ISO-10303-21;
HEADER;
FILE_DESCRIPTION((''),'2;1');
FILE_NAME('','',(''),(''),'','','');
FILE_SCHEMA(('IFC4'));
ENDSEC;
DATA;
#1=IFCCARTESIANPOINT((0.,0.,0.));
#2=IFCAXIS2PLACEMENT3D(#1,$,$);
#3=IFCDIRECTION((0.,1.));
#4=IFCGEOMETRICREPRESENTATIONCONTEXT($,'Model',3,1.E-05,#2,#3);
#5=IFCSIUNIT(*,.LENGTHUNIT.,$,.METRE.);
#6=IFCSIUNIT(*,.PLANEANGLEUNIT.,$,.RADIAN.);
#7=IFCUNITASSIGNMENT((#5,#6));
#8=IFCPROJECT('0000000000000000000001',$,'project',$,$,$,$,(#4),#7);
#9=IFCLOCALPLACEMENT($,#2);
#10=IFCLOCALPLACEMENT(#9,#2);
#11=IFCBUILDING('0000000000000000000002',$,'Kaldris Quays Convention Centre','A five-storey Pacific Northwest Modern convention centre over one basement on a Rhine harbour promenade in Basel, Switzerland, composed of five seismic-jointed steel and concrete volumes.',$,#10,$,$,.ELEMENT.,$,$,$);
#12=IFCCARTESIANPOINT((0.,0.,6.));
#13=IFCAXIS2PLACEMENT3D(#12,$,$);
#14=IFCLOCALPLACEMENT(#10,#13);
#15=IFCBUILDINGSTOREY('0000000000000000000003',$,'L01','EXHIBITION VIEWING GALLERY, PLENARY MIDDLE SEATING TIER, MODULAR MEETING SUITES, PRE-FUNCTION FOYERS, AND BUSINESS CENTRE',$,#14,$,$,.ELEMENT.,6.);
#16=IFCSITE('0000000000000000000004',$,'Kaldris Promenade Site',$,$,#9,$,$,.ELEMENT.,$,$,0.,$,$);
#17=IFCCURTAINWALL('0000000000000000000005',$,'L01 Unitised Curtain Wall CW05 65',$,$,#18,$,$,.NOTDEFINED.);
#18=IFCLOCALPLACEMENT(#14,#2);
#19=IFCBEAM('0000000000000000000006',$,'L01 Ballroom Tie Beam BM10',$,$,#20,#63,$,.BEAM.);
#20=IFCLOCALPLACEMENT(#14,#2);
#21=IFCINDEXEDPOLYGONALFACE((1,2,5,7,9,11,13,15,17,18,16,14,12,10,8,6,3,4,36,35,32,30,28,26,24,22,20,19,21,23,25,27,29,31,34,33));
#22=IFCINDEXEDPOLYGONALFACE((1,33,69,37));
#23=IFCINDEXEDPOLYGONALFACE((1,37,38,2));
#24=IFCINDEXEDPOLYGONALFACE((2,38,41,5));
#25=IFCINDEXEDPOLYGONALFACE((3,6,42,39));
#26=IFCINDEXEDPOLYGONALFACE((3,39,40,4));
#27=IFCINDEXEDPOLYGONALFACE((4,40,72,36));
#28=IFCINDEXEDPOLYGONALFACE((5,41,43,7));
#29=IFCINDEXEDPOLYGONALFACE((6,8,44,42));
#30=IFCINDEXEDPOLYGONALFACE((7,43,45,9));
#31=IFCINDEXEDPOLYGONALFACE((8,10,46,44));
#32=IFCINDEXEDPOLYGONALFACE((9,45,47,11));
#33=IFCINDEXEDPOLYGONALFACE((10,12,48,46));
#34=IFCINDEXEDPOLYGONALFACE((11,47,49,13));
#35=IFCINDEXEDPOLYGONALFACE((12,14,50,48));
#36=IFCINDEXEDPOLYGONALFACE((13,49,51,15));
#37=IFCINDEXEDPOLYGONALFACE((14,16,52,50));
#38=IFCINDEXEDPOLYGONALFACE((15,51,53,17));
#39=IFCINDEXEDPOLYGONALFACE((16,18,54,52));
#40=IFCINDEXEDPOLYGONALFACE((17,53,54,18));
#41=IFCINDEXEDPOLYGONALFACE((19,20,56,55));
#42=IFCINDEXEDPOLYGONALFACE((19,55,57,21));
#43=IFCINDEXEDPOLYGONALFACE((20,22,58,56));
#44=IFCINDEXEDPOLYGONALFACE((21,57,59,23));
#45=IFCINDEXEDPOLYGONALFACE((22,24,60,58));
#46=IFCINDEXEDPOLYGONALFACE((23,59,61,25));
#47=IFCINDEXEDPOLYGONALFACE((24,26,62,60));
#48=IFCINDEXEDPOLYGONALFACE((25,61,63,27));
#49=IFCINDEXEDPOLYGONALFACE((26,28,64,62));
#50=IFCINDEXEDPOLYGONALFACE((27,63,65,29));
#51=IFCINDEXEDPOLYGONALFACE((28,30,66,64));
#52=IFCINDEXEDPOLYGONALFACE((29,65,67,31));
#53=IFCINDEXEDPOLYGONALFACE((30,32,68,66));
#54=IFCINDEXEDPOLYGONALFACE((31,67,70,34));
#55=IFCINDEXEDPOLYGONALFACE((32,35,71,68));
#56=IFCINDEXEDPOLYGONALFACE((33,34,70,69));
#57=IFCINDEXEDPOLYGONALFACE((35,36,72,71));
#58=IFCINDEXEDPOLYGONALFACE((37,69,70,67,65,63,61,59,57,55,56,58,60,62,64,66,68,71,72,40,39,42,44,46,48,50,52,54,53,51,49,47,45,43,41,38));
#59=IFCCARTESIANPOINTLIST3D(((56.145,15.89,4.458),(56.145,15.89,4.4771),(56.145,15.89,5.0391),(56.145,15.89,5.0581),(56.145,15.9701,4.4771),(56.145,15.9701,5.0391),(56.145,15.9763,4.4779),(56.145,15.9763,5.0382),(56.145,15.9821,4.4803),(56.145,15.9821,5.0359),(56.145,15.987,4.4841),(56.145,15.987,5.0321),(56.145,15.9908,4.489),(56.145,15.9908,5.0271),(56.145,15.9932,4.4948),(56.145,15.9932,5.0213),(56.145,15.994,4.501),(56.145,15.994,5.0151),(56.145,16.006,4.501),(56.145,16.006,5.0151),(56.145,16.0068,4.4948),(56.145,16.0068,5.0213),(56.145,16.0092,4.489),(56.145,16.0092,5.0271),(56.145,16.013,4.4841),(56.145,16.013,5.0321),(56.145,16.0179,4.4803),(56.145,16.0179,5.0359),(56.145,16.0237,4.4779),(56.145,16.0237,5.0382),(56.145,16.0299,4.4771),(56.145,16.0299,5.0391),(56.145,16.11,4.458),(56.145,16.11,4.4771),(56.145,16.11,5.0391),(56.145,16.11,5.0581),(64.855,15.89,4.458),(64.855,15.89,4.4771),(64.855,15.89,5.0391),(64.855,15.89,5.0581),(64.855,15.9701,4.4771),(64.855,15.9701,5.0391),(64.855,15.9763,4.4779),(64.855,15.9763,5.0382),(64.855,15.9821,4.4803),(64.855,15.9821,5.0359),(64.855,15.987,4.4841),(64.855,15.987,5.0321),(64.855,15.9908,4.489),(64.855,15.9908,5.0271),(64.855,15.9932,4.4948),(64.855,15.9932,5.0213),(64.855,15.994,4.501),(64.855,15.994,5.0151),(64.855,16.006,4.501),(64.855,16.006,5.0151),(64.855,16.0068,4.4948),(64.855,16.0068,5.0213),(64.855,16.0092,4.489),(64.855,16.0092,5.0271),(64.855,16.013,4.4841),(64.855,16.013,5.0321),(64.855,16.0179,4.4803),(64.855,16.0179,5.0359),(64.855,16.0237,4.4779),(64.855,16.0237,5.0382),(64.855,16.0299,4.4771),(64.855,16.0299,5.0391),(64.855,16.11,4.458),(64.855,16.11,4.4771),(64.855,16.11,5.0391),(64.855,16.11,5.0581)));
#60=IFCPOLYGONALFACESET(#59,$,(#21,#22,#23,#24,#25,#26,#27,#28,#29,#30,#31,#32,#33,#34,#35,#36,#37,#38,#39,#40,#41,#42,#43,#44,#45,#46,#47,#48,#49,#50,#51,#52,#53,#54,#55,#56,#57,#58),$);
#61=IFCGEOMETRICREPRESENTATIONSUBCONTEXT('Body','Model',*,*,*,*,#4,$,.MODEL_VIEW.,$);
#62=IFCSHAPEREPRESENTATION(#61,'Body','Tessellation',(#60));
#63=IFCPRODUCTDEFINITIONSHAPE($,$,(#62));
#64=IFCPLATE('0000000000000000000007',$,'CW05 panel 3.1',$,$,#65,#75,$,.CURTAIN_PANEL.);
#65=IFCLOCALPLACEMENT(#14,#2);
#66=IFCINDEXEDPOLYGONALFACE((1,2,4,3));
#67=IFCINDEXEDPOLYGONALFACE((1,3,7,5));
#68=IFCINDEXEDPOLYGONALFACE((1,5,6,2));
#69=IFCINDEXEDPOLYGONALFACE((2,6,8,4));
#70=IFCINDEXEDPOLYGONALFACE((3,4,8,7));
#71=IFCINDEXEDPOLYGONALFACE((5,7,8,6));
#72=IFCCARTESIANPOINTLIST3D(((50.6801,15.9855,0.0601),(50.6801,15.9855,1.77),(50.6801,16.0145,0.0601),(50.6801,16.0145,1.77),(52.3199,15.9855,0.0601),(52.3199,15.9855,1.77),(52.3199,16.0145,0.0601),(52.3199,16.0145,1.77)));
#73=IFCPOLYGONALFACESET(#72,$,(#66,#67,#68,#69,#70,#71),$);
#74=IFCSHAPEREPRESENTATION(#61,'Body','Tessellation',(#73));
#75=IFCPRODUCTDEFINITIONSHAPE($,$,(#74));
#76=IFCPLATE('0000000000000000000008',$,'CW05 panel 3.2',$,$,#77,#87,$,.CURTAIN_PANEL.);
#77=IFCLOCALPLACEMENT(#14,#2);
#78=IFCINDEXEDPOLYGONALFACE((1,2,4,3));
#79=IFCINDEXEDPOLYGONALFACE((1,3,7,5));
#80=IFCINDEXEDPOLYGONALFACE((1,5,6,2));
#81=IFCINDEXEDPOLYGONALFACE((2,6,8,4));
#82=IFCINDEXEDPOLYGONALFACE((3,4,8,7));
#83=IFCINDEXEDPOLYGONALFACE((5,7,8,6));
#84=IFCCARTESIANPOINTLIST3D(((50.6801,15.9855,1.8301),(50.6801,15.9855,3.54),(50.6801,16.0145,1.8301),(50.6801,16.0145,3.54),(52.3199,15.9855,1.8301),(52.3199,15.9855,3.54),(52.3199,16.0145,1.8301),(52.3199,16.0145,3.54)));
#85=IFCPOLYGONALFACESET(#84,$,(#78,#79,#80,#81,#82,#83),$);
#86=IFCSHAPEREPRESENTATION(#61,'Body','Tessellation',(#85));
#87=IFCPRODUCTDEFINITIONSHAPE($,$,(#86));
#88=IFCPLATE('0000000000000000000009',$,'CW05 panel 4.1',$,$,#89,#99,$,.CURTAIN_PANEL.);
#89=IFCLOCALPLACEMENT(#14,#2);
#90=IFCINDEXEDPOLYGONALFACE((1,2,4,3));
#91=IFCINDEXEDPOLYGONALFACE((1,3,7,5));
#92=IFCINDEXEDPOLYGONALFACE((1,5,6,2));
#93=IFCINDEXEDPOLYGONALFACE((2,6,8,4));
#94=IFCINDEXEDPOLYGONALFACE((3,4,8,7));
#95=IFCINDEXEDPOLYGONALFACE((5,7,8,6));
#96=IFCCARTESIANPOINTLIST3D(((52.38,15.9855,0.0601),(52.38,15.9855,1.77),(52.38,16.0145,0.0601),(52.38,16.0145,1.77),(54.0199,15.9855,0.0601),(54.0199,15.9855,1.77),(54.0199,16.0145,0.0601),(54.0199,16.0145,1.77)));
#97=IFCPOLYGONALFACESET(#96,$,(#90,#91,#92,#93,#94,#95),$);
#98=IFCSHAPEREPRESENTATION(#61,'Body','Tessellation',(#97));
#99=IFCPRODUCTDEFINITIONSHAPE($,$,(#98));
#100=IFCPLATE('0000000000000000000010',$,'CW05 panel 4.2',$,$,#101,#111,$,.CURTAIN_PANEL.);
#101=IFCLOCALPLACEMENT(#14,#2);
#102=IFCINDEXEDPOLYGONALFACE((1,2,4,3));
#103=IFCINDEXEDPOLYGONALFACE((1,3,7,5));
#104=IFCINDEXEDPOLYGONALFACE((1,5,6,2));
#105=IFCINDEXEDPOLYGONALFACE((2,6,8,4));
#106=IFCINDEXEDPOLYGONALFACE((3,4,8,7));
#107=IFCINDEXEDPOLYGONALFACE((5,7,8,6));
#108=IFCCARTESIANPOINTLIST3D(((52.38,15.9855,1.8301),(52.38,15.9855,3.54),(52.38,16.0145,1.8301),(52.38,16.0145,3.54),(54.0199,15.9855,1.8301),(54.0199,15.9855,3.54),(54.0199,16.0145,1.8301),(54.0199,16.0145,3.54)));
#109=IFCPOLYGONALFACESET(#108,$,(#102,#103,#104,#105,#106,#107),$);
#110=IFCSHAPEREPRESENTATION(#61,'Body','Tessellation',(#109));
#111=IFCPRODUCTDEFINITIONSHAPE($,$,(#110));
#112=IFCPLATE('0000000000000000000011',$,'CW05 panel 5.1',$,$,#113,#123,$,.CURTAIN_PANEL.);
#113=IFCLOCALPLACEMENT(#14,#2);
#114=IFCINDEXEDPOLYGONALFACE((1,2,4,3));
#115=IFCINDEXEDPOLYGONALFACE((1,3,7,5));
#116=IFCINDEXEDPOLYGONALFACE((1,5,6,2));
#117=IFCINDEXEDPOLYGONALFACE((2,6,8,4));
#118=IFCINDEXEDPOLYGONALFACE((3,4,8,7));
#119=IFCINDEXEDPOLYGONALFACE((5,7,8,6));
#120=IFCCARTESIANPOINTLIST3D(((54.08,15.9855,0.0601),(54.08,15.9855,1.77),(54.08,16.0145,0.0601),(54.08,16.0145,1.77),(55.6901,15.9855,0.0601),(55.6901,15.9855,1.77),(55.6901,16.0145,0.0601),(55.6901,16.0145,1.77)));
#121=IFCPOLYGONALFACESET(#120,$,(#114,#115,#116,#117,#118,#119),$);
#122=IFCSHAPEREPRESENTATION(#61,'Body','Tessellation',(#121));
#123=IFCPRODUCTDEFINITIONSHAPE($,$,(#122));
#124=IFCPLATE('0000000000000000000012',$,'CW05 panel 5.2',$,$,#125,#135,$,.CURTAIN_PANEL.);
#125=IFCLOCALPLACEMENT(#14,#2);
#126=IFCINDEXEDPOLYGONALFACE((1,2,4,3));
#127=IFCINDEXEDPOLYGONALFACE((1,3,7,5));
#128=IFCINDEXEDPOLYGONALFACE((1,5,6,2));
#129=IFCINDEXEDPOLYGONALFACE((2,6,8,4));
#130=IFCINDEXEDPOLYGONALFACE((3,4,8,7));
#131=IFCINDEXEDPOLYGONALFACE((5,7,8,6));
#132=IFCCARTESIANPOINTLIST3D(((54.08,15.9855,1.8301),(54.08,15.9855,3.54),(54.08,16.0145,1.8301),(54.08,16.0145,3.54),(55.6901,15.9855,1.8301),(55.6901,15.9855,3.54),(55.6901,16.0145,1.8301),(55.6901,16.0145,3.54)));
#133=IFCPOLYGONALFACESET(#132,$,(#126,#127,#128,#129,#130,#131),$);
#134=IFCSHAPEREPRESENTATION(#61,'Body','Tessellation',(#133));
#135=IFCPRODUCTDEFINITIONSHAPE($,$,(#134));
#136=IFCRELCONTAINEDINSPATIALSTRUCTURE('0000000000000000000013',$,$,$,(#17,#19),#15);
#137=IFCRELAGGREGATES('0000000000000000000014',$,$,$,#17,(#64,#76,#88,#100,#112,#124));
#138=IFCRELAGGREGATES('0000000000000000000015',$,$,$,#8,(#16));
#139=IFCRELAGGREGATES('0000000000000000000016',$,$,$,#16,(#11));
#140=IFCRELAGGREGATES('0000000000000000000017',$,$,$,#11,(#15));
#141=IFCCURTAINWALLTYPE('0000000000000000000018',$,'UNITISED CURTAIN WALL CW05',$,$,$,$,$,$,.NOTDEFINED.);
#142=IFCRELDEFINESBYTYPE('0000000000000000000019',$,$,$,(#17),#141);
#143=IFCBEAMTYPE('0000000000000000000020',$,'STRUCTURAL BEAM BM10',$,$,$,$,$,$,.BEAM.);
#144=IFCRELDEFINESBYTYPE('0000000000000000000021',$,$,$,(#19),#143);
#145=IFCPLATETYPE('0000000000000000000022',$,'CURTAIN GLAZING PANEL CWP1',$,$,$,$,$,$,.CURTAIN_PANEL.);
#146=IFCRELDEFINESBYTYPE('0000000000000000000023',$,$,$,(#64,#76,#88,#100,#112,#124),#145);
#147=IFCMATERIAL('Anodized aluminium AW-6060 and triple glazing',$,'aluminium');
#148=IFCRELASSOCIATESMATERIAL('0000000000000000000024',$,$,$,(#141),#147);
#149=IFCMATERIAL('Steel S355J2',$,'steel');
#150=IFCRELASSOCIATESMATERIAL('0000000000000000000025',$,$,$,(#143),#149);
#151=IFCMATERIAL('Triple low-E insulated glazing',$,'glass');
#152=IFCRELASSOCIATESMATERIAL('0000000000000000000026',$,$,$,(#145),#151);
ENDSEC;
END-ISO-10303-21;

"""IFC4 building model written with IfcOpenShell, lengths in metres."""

from ifc_helpers import new_model, si_unit, direction, frame, origin, origin_2d, place, context, subcontext, project, spatial, rectangle, i_section, extrude, material, material_profile, profile_set, type_object, element, aggregate, save


model = new_model("IFC4")

# Units and contexts
model_context = context("Model", 3, precision=1e-05, world=origin(), true_north=direction((0.0, 1.0)))
body_context = subcontext(model_context, "Body", "Model", "MODEL_VIEW")
ifc_project = project(units=[si_unit("LENGTHUNIT", "METRE"), si_unit("PLANEANGLEUNIT", "RADIAN")], contexts=[model_context])

# Site, building, storey
site_placement = place(None, origin())
site = spatial("IfcSite", under=ifc_project, at=site_placement, Name="Kaldris Promenade Site", CompositionType="ELEMENT", RefElevation=0.0)
building_placement = place(site_placement, origin())
building = spatial("IfcBuilding", under=site, at=building_placement, Name="Kaldris Quays Convention Centre", Description="A five-storey Pacific Northwest Modern convention centre over one basement on a Rhine harbour promenade in Basel, Switzerland, composed of five seismic-jointed steel and concrete volumes.", CompositionType="ELEMENT")
storey_placement = place(building_placement, frame((0.0, 0.0, 6.0)))
storey = spatial("IfcBuildingStorey", under=building, at=storey_placement, Name="L01", Description="EXHIBITION VIEWING GALLERY, PLENARY MIDDLE SEATING TIER, MODULAR MEETING SUITES, PRE-FUNCTION FOYERS, AND BUSINESS CENTRE", CompositionType="ELEMENT", Elevation=6.0)

# Curtain wall
ifc_material_1 = material(Name="Anodized aluminium AW-6060 and triple glazing", Category="aluminium")
curtain_wall_type = type_object("IfcCurtainWallType", Name="UNITISED CURTAIN WALL CW05", PredefinedType="NOTDEFINED", material=ifc_material_1)
curtain_wall_1_placement = place(storey_placement, origin())
curtain_wall_1 = element("IfcCurtainWall", 1, at=curtain_wall_1_placement, inside=storey, type_object=curtain_wall_type, Name="L01 Unitised Curtain Wall CW05 65", PredefinedType="NOTDEFINED")

# Beam
ifc_material_2 = material(Name="Steel S355J2", Category="steel")
ifc_material_profile_1 = material_profile(ifc_material_2, i_section(OverallWidth=0.22, OverallDepth=0.6001, WebThickness=0.012, FlangeThickness=0.019, FilletRadius=0.0239, at=origin_2d()), Name="IPE 600")
ifc_profile_set_1 = profile_set([ifc_material_profile_1], Name="Steel S355J2")
beam_type = type_object("IfcBeamType", Name="STRUCTURAL BEAM BM10", PredefinedType="BEAM", material=ifc_profile_set_1)
beam_placement = place(storey_placement, frame((56.145, 16.0, 4.7581), z_axis=(1.0, 0.0, 0.0), x_axis=(0.0, 1.0, 0.0)))
element("IfcBeam", 2, at=beam_placement, inside=storey, type_object=beam_type, Name="L01 Ballroom Tie Beam BM10", PredefinedType="BEAM", context=body_context, shape_type="SweptSolid", body=[
    extrude(i_section(OverallWidth=0.22, OverallDepth=0.6001, WebThickness=0.012, FlangeThickness=0.019, FilletRadius=0.0239, at=origin_2d()), origin(), (0.0, 0.0, 1.0), 8.71),
])

# Plates
ifc_material_3 = material(Name="Triple low-E insulated glazing", Category="glass")
plate_type = type_object("IfcPlateType", Name="CURTAIN GLAZING PANEL CWP1", PredefinedType="CURTAIN_PANEL", material=ifc_material_3)
plate_1_placement = place(storey_placement, frame((51.5, 16.0, 0.0601), z_axis=(0.0, 0.0, 1.0), x_axis=(1.0, 0.0, 0.0)))
plate_1 = element("IfcPlate", 3, at=plate_1_placement, type_object=plate_type, Name="CW05 panel 3.1", PredefinedType="CURTAIN_PANEL", context=body_context, shape_type="SweptSolid", body=[
    extrude(rectangle(XDim=1.6399, YDim=0.0291, at=origin_2d()), origin(), (0.0, 0.0, 1.0), 1.71),
])
plate_2_placement = place(storey_placement, frame((51.5, 16.0, 1.8301), z_axis=(0.0, 0.0, 1.0), x_axis=(1.0, 0.0, 0.0)))
plate_2 = element("IfcPlate", 4, at=plate_2_placement, type_object=plate_type, Name="CW05 panel 3.2", PredefinedType="CURTAIN_PANEL", context=body_context, shape_type="SweptSolid", body=[
    extrude(rectangle(XDim=1.6399, YDim=0.0291, at=origin_2d()), origin(), (0.0, 0.0, 1.0), 1.71),
])
plate_3_placement = place(storey_placement, frame((53.2, 16.0, 0.0601), z_axis=(0.0, 0.0, 1.0), x_axis=(1.0, 0.0, 0.0)))
plate_3 = element("IfcPlate", 5, at=plate_3_placement, type_object=plate_type, Name="CW05 panel 4.1", PredefinedType="CURTAIN_PANEL", context=body_context, shape_type="SweptSolid", body=[
    extrude(rectangle(XDim=1.6399, YDim=0.0291, at=origin_2d()), origin(), (0.0, 0.0, 1.0), 1.71),
])
plate_4_placement = place(storey_placement, frame((53.2, 16.0, 1.8301), z_axis=(0.0, 0.0, 1.0), x_axis=(1.0, 0.0, 0.0)))
plate_4 = element("IfcPlate", 6, at=plate_4_placement, type_object=plate_type, Name="CW05 panel 4.2", PredefinedType="CURTAIN_PANEL", context=body_context, shape_type="SweptSolid", body=[
    extrude(rectangle(XDim=1.6399, YDim=0.0291, at=origin_2d()), origin(), (0.0, 0.0, 1.0), 1.71),
])
plate_5_placement = place(storey_placement, frame((54.885, 16.0, 0.0601), z_axis=(0.0, 0.0, 1.0), x_axis=(1.0, 0.0, 0.0)))
plate_5 = element("IfcPlate", 7, at=plate_5_placement, type_object=plate_type, Name="CW05 panel 5.1", PredefinedType="CURTAIN_PANEL", context=body_context, shape_type="SweptSolid", body=[
    extrude(rectangle(XDim=1.6101, YDim=0.0291, at=origin_2d()), origin(), (0.0, 0.0, 1.0), 1.71),
])
plate_6_placement = place(storey_placement, frame((54.885, 16.0, 1.8301), z_axis=(0.0, 0.0, 1.0), x_axis=(1.0, 0.0, 0.0)))
plate_6 = element("IfcPlate", 8, at=plate_6_placement, type_object=plate_type, Name="CW05 panel 5.2", PredefinedType="CURTAIN_PANEL", context=body_context, shape_type="SweptSolid", body=[
    extrude(rectangle(XDim=1.6101, YDim=0.0291, at=origin_2d()), origin(), (0.0, 0.0, 1.0), 1.71),
])
aggregate(curtain_wall_1, [plate_1, plate_2, plate_3, plate_4, plate_5, plate_6])

save(model, "model.ifc")
